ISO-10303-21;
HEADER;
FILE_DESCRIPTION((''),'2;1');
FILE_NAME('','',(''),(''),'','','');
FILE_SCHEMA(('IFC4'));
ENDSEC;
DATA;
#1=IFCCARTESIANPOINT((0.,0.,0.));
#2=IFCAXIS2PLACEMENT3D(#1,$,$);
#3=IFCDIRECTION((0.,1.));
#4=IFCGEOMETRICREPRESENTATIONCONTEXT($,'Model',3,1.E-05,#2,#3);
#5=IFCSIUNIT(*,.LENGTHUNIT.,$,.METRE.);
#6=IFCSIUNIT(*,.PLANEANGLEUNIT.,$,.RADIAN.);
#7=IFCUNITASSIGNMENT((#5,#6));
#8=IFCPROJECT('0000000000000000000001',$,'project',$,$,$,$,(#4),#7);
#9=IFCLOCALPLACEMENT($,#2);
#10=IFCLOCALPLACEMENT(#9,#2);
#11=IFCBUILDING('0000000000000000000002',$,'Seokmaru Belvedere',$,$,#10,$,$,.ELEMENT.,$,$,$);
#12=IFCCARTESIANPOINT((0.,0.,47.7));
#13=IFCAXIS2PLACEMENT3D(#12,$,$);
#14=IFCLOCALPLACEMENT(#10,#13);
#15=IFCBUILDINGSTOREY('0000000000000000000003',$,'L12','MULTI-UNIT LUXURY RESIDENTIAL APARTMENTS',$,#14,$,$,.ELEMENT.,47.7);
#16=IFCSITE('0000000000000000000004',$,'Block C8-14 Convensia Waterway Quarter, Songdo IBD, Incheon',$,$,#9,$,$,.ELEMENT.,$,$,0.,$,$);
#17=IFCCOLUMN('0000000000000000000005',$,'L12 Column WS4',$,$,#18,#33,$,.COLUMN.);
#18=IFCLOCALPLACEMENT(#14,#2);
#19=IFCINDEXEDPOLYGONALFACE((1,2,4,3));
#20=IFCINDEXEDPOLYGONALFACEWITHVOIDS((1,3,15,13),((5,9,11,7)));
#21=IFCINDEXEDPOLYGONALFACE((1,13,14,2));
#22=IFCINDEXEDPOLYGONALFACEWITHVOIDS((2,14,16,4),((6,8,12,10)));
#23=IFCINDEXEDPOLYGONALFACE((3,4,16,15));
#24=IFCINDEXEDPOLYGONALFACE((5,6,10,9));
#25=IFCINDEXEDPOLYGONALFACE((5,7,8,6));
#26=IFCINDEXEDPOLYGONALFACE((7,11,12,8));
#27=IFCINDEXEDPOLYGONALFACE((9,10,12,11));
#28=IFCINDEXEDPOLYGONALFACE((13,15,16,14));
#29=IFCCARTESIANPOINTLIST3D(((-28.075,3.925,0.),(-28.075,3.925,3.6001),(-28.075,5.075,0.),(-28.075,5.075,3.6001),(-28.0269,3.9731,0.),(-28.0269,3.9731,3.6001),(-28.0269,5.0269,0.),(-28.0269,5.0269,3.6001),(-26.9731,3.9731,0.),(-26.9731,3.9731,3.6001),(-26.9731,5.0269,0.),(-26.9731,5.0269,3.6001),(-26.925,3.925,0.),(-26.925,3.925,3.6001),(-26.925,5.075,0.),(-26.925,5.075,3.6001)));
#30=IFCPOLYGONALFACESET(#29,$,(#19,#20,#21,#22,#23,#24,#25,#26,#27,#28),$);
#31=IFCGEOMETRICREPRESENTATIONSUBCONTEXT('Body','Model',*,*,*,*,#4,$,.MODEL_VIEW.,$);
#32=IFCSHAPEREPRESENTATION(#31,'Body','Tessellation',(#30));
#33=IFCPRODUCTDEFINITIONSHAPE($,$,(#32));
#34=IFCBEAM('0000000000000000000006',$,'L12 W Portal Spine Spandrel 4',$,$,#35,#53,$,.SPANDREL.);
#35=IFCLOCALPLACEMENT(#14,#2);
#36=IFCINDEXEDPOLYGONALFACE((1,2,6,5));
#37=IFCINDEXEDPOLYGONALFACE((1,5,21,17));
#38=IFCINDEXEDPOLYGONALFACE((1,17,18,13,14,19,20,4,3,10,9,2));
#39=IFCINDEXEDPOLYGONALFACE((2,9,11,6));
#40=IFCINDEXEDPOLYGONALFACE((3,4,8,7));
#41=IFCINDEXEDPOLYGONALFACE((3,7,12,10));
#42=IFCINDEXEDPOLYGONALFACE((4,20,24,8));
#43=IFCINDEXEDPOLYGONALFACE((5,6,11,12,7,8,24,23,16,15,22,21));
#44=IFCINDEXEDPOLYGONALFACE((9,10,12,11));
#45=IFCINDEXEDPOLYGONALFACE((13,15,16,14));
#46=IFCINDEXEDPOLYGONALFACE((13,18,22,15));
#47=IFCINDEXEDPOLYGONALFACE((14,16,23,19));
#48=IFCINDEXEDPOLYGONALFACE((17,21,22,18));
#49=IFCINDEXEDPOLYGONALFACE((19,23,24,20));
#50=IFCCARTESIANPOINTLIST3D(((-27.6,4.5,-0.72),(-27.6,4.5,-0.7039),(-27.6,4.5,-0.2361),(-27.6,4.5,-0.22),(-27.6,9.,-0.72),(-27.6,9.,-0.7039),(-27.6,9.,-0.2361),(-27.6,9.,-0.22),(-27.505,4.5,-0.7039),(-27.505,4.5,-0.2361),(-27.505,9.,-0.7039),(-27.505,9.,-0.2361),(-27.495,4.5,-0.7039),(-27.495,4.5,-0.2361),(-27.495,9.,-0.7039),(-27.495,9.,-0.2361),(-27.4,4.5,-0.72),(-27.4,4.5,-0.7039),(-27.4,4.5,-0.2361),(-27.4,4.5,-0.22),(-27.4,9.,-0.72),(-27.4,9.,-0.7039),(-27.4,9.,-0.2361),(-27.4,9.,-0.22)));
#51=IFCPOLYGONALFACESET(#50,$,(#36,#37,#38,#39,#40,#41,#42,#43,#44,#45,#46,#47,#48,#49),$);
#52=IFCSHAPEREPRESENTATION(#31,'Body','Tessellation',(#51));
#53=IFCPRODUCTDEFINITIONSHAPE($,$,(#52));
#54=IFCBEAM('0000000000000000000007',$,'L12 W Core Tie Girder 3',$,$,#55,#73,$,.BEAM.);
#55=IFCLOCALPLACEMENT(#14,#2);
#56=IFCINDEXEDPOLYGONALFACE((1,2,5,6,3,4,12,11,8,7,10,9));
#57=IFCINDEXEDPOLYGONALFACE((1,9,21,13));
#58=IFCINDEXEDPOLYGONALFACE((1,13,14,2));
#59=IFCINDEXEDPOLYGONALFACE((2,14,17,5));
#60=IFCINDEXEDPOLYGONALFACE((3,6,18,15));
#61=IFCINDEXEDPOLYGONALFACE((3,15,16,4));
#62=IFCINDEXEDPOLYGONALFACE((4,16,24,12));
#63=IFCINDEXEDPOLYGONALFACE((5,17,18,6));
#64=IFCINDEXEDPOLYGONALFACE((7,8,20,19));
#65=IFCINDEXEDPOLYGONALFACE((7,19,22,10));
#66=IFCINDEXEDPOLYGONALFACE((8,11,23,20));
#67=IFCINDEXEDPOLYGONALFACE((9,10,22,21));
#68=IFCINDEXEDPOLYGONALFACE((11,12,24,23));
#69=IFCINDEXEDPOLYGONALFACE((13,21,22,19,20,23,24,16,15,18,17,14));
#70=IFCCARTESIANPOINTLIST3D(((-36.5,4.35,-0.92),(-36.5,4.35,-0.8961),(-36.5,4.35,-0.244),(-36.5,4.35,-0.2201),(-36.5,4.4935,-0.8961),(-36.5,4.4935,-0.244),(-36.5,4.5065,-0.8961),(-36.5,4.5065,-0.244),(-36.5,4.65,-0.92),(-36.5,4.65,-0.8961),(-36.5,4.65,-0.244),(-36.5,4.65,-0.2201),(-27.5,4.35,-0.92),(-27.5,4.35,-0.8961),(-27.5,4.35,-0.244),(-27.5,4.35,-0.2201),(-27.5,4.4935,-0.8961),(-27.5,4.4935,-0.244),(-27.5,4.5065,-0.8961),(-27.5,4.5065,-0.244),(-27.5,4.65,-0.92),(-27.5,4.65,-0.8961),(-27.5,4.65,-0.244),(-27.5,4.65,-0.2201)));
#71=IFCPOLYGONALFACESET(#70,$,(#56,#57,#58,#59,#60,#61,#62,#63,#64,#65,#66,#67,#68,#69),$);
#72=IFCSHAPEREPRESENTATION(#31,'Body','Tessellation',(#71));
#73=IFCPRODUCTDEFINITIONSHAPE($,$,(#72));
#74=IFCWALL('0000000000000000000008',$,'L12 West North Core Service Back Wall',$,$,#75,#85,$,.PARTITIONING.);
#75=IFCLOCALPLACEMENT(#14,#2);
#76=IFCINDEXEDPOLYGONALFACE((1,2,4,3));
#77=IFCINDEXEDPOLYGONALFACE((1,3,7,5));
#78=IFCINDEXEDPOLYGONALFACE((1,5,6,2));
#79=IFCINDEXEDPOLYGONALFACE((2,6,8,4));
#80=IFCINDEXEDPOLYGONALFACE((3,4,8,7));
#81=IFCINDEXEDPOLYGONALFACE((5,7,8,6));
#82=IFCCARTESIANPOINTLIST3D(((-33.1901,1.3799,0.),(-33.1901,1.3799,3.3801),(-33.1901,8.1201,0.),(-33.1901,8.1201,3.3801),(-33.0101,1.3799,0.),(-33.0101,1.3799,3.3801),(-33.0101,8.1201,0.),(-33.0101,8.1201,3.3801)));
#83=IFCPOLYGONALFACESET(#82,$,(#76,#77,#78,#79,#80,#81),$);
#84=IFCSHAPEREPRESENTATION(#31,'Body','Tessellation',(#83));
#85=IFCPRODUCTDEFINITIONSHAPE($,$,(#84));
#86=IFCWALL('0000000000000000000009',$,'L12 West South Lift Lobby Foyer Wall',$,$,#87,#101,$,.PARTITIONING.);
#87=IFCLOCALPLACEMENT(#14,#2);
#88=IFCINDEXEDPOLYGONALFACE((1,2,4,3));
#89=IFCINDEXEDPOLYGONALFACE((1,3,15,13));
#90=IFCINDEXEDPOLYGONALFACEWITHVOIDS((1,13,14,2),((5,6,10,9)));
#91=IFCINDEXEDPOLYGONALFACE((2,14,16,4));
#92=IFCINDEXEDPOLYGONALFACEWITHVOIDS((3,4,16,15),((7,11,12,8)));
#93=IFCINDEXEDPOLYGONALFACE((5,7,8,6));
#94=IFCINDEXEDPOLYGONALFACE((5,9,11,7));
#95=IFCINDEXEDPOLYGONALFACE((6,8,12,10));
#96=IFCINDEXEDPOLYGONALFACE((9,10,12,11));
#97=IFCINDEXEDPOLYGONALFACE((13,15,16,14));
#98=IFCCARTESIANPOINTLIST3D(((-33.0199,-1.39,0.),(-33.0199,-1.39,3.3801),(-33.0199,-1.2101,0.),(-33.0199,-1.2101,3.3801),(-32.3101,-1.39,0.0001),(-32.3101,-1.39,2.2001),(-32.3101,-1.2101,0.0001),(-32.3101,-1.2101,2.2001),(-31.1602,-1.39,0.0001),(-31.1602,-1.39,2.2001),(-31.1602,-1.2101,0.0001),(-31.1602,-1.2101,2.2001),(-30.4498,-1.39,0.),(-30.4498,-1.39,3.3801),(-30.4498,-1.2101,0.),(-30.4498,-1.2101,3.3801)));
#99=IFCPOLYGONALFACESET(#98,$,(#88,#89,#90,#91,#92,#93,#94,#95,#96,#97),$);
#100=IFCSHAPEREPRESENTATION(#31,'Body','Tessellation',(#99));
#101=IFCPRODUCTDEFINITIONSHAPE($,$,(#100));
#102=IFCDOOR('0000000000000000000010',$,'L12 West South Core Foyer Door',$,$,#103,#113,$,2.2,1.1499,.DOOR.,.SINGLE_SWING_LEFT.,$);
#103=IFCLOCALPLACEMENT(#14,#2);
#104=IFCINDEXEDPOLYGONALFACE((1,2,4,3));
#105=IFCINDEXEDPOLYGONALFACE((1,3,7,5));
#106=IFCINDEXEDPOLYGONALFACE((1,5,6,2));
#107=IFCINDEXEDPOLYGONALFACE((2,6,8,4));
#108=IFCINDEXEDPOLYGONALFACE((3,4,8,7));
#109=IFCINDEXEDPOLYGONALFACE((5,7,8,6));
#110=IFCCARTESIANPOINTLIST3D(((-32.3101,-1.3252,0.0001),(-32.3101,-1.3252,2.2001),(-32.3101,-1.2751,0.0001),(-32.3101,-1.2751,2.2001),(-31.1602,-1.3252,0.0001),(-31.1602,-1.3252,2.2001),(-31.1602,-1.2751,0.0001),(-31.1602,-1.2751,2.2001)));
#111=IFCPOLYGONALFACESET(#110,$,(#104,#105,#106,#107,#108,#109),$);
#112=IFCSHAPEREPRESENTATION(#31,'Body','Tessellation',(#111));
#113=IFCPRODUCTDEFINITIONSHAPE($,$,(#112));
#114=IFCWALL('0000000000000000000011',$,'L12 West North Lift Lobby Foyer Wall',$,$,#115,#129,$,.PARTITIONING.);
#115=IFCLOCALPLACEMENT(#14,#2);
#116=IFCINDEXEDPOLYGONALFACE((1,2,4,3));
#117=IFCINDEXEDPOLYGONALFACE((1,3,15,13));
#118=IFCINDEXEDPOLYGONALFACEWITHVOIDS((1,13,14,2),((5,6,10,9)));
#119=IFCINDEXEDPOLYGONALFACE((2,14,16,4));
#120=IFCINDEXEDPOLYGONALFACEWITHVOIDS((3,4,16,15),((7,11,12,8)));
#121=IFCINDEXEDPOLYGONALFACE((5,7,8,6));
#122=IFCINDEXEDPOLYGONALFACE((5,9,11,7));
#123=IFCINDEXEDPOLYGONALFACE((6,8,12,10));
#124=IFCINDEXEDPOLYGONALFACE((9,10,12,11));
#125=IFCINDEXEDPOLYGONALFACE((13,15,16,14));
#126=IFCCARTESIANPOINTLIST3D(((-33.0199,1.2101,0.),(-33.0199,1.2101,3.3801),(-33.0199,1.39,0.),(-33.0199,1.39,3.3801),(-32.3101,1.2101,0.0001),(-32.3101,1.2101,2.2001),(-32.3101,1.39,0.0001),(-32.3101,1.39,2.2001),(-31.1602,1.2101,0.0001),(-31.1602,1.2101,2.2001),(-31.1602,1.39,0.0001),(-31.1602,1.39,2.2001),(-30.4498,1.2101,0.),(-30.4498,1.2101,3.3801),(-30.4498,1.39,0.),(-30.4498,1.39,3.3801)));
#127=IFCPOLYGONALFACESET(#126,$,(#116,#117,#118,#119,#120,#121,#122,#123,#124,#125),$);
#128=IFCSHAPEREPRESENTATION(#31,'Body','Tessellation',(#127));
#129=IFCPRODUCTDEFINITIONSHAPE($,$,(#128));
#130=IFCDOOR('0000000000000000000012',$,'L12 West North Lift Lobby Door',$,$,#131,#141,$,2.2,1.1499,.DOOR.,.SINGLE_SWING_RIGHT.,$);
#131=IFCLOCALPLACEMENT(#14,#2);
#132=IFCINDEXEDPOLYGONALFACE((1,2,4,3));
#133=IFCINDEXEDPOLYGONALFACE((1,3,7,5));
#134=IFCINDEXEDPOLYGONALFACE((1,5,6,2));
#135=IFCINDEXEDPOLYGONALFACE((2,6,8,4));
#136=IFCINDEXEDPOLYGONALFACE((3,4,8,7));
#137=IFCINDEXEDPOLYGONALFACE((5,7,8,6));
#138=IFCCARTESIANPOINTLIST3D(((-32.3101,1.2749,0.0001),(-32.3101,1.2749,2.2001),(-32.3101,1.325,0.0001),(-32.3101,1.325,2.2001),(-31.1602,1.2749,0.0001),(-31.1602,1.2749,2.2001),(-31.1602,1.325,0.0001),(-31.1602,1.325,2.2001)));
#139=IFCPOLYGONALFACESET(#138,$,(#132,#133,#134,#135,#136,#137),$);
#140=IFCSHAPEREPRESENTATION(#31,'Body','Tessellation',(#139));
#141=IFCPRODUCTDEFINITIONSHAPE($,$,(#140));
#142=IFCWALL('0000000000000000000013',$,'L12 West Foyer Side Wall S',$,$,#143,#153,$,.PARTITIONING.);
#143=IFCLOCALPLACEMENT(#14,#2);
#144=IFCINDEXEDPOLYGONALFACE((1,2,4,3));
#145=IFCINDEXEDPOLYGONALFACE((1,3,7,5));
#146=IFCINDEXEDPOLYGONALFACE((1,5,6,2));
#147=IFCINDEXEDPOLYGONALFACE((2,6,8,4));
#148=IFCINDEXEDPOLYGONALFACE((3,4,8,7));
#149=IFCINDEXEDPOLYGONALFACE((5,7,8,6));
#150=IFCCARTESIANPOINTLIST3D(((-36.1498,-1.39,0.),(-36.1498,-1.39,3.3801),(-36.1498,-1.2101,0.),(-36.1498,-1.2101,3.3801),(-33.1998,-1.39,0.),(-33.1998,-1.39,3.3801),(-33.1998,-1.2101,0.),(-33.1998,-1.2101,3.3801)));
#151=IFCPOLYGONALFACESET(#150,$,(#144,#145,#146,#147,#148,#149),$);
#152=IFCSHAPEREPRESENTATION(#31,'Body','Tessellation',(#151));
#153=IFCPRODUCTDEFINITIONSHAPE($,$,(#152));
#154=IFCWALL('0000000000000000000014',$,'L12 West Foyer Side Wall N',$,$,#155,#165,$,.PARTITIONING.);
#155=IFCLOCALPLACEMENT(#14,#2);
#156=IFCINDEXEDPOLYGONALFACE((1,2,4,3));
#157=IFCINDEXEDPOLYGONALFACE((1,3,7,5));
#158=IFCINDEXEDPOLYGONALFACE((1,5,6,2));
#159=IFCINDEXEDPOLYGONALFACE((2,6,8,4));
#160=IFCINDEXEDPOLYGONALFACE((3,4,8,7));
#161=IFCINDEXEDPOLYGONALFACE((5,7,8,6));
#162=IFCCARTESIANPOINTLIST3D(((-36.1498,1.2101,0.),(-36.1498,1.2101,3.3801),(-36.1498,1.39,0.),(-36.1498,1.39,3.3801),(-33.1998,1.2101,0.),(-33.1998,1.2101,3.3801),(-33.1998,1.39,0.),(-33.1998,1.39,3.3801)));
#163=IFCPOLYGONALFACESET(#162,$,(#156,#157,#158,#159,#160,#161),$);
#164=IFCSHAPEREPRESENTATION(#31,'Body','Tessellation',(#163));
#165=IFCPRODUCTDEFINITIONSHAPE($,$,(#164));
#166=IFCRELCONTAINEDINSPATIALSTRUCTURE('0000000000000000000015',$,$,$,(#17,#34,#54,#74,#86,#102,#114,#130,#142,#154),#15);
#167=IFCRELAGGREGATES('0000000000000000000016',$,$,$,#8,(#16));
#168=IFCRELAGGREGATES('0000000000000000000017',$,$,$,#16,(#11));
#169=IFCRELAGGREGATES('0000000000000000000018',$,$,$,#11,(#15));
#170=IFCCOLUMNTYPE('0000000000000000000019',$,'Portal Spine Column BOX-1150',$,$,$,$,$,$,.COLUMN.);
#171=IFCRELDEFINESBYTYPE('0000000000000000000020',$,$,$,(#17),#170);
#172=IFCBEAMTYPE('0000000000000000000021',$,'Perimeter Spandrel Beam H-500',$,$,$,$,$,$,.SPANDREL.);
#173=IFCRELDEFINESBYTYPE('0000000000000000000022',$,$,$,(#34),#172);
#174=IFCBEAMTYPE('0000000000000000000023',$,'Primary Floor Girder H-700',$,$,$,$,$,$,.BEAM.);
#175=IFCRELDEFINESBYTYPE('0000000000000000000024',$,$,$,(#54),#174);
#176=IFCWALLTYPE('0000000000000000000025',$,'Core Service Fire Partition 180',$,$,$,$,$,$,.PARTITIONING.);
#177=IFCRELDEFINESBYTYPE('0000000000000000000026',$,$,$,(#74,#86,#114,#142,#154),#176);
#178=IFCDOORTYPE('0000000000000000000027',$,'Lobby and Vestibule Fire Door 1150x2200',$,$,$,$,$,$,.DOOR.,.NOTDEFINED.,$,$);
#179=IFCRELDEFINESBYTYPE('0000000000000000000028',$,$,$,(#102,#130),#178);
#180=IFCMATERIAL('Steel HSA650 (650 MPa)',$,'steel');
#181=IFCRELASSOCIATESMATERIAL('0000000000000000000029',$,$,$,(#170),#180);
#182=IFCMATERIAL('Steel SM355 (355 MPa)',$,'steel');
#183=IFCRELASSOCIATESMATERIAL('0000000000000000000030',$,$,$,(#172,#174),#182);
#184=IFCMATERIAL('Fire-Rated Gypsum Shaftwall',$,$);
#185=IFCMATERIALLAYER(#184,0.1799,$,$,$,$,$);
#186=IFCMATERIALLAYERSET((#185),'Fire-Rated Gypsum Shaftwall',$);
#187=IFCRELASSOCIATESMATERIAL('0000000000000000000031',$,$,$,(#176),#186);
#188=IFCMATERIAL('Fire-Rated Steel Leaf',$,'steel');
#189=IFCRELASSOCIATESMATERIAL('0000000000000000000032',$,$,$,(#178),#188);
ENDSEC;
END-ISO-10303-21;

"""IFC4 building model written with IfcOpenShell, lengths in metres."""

from ifc_helpers import new_model, si_unit, direction, frame, frame_2d, origin, origin_2d, place, context, subcontext, project, spatial, rectangle, hollow_rectangle, i_section, extrude, source, transform, mapped, material, layer, layer_set, material_profile, profile_set, type_object, type_shapes, element, fill, save


model = new_model("IFC4")

# Units and contexts
model_context = context("Model", 3, precision=1e-05, world=origin(), true_north=direction((0.0, 1.0)))
body_context = subcontext(model_context, "Body", "Model", "MODEL_VIEW")
ifc_project = project(units=[si_unit("LENGTHUNIT", "METRE"), si_unit("PLANEANGLEUNIT", "RADIAN")], contexts=[model_context])

# Site, building, storey
site_placement = place(None, origin())
site = spatial("IfcSite", under=ifc_project, at=site_placement, Name="Block C8-14 Convensia Waterway Quarter, Songdo IBD, Incheon", CompositionType="ELEMENT", RefElevation=0.0)
building_placement = place(site_placement, origin())
building = spatial("IfcBuilding", under=site, at=building_placement, Name="Seokmaru Belvedere", CompositionType="ELEMENT")
storey_placement = place(building_placement, frame((0.0, 0.0, 47.7)))
storey = spatial("IfcBuildingStorey", under=building, at=storey_placement, Name="L12", Description="MULTI-UNIT LUXURY RESIDENTIAL APARTMENTS", CompositionType="ELEMENT", Elevation=47.7)

# Column
ifc_material_1 = material(Name="Steel HSA650 (650 MPa)", Category="steel")
ifc_material_profile_1 = material_profile(ifc_material_1, hollow_rectangle(XDim=1.1499, YDim=1.1499, WallThickness=0.0481, at=origin_2d()), Name="BOX-1150x1150x48")
ifc_profile_set_1 = profile_set([ifc_material_profile_1], Name="Steel HSA650 (650 MPa)")
column_type = type_object("IfcColumnType", Name="Portal Spine Column BOX-1150", PredefinedType="COLUMN", material=ifc_profile_set_1)
shared_shape_1 = source(origin(), body_context, "Body", "SweptSolid", [
    extrude(hollow_rectangle(XDim=1.1499, YDim=1.1499, WallThickness=0.0481, at=origin_2d()), origin(), (0.0, 0.0, 1.0), 3.6001),
])
type_shapes(column_type, [shared_shape_1])
column_placement = place(storey_placement, frame((-27.5, 4.5, 0.0), z_axis=(0.0, 0.0, 1.0), x_axis=(1.0, 0.0, 0.0)))
element("IfcColumn", 1, at=column_placement, inside=storey, type_object=column_type, Name="L12 Column WS4", PredefinedType="COLUMN", context=body_context, shape_type="MappedRepresentation", body=[
    mapped(shared_shape_1, transform((0.0, 0.0, 0.0), scale=1.0)),
])

# Beams
ifc_material_2 = material(Name="Steel SM355 (355 MPa)", Category="steel")
ifc_material_profile_2 = material_profile(ifc_material_2, i_section(OverallWidth=0.2, OverallDepth=0.5, WebThickness=0.01, FlangeThickness=0.0161, at=origin_2d()), Name="H-500x200x10x16")
ifc_profile_set_2 = profile_set([ifc_material_profile_2], Name="Steel SM355 (355 MPa)")
beam_type_1 = type_object("IfcBeamType", Name="Perimeter Spandrel Beam H-500", PredefinedType="SPANDREL", material=ifc_profile_set_2)
shared_shape_2 = source(origin(), body_context, "Body", "SweptSolid", [
    extrude(i_section(OverallWidth=0.2, OverallDepth=0.5, WebThickness=0.01, FlangeThickness=0.0161, at=origin_2d()), origin(), (0.0, 0.0, 1.0), 4.5),
])
type_shapes(beam_type_1, [shared_shape_2])
beam_1_placement = place(storey_placement, frame((-27.5, 4.5, -0.47), z_axis=(0.0, 1.0, 0.0), x_axis=(-1.0, 0.0, 0.0)))
element("IfcBeam", 2, at=beam_1_placement, inside=storey, type_object=beam_type_1, Name="L12 W Portal Spine Spandrel 4", PredefinedType="SPANDREL", context=body_context, shape_type="MappedRepresentation", body=[
    mapped(shared_shape_2, transform((0.0, 0.0, 0.0), scale=1.0)),
])
ifc_material_profile_3 = material_profile(ifc_material_2, i_section(OverallWidth=0.3, OverallDepth=0.7, WebThickness=0.0129, FlangeThickness=0.0239, at=origin_2d()), Name="H-700x300x13x24")
ifc_profile_set_3 = profile_set([ifc_material_profile_3], Name="Steel SM355 (355 MPa)")
beam_type_2 = type_object("IfcBeamType", Name="Primary Floor Girder H-700", PredefinedType="BEAM", material=ifc_profile_set_3)
shared_shape_3 = source(origin(), body_context, "Body", "SweptSolid", [
    extrude(i_section(OverallWidth=0.3, OverallDepth=0.7, WebThickness=0.0129, FlangeThickness=0.0239, at=origin_2d()), origin(), (0.0, 0.0, 1.0), 9.0),
])
type_shapes(beam_type_2, [shared_shape_3])
beam_2_placement = place(storey_placement, frame((-36.5, 4.5, -0.5701), z_axis=(1.0, 0.0, 0.0), x_axis=(0.0, 1.0, 0.0)))
element("IfcBeam", 3, at=beam_2_placement, inside=storey, type_object=beam_type_2, Name="L12 W Core Tie Girder 3", PredefinedType="BEAM", context=body_context, shape_type="MappedRepresentation", body=[
    mapped(shared_shape_3, transform((0.0, 0.0, 0.0), scale=1.0)),
])

# Wall
ifc_material_3 = material(Name="Fire-Rated Gypsum Shaftwall")
ifc_layer_1 = layer(ifc_material_3, 0.1799)
ifc_layer_set_1 = layer_set([ifc_layer_1], Name="Fire-Rated Gypsum Shaftwall")
wall_type_1 = type_object("IfcWallType", Name="Core Service Fire Partition 180", PredefinedType="PARTITIONING", material=ifc_layer_set_1)
wall_1_placement = place(storey_placement, frame((-33.1001, 1.3799, 0.0), z_axis=(0.0, 0.0, 1.0), x_axis=(0.0, 1.0, 0.0)))
element("IfcWall", 4, at=wall_1_placement, inside=storey, type_object=wall_type_1, Name="L12 West North Core Service Back Wall", PredefinedType="PARTITIONING", context=body_context, shape_type="SweptSolid", body=[
    extrude(rectangle(XDim=6.7402, YDim=0.1799, at=frame_2d((3.3701, 0.0))), origin(), (0.0, 0.0, 1.0), 3.3801),
])

# Walls, openings, doors
wall_2_placement = place(storey_placement, frame((-33.02, -1.3, 0.0), z_axis=(0.0, 0.0, 1.0), x_axis=(1.0, 0.0, 0.0)))
wall_2 = element("IfcWall", 5, at=wall_2_placement, inside=storey, type_object=wall_type_1, Name="L12 West South Lift Lobby Foyer Wall", PredefinedType="PARTITIONING", context=body_context, shape_type="SweptSolid", body=[
    extrude(rectangle(XDim=2.5701, YDim=0.1799, at=frame_2d((1.2852, 0.0))), origin(), (0.0, 0.0, 1.0), 3.3801),
])
opening_1_placement = place(wall_2_placement, frame((0.71, 0.0, 0.0)))
opening_1 = element("IfcOpeningElement", 6, at=opening_1_placement, cuts=wall_2, PredefinedType="OPENING", context=body_context, shape_type="SweptSolid", body=[
    extrude(rectangle(XDim=1.1499, YDim=2.2, at=frame_2d((0.575, 1.1001))), frame((0.0, 0.1001, 0.0), z_axis=(0.0, -1.0, 0.0), x_axis=(1.0, 0.0, 0.0)), (0.0, 0.0, 1.0), 0.2),
])
ifc_material_4 = material(Name="Fire-Rated Steel Leaf", Category="steel")
door_type_1 = type_object("IfcDoorType", Name="Lobby and Vestibule Fire Door 1150x2200", OperationType="NOTDEFINED", PredefinedType="DOOR", material=ifc_material_4)
shared_shape_4 = source(origin(), body_context, "Body", "SweptSolid", [
    extrude(rectangle(XDim=1.1499, YDim=2.2, at=frame_2d((0.575, 1.1001))), frame((0.0, 0.0249, 0.0), z_axis=(0.0, -1.0, 0.0), x_axis=(1.0, 0.0, 0.0)), (0.0, 0.0, 1.0), 0.05),
])
type_shapes(door_type_1, [shared_shape_4])
door_1_placement = place(opening_1_placement, origin())
door_1 = element("IfcDoor", 7, at=door_1_placement, inside=storey, type_object=door_type_1, Name="L12 West South Core Foyer Door", OperationType="SINGLE_SWING_LEFT", OverallHeight=2.2, OverallWidth=1.1499, PredefinedType="DOOR", context=body_context, shape_type="MappedRepresentation", body=[
    mapped(shared_shape_4, transform((0.0, 0.0, 0.0), scale=1.0)),
])
fill(opening_1, door_1)
wall_3_placement = place(storey_placement, frame((-33.02, 1.3, 0.0), z_axis=(0.0, 0.0, 1.0), x_axis=(1.0, 0.0, 0.0)))
wall_3 = element("IfcWall", 8, at=wall_3_placement, inside=storey, type_object=wall_type_1, Name="L12 West North Lift Lobby Foyer Wall", PredefinedType="PARTITIONING", context=body_context, shape_type="SweptSolid", body=[
    extrude(rectangle(XDim=2.5701, YDim=0.1799, at=frame_2d((1.2852, 0.0))), origin(), (0.0, 0.0, 1.0), 3.3801),
])
opening_2_placement = place(wall_3_placement, frame((0.71, 0.0, 0.0)))
opening_2 = element("IfcOpeningElement", 9, at=opening_2_placement, cuts=wall_3, PredefinedType="OPENING", context=body_context, shape_type="SweptSolid", body=[
    extrude(rectangle(XDim=1.1499, YDim=2.2, at=frame_2d((0.575, 1.1001))), frame((0.0, 0.1001, 0.0), z_axis=(0.0, -1.0, 0.0), x_axis=(1.0, 0.0, 0.0)), (0.0, 0.0, 1.0), 0.2),
])
door_2_placement = place(opening_2_placement, origin())
door_2 = element("IfcDoor", 10, at=door_2_placement, inside=storey, type_object=door_type_1, Name="L12 West North Lift Lobby Door", OperationType="SINGLE_SWING_RIGHT", OverallHeight=2.2, OverallWidth=1.1499, PredefinedType="DOOR", context=body_context, shape_type="MappedRepresentation", body=[
    mapped(shared_shape_4, transform((0.0, 0.0, 0.0), scale=1.0)),
])
fill(opening_2, door_2)

# Walls
for number, where, z_axis, x_axis, name in (
    (11, (-36.1499, -1.3, 0.0), (0.0, 0.0, 1.0), (1.0, 0.0, 0.0), "L12 West Foyer Side Wall S"),
    (12, (-36.1499, 1.3, 0.0), (0.0, 0.0, 1.0), (1.0, 0.0, 0.0), "L12 West Foyer Side Wall N"),
):
    element("IfcWall", number, at=place(storey_placement, frame(where, z_axis=z_axis, x_axis=x_axis)), inside=storey, type_object=wall_type_1, Name=name, PredefinedType="PARTITIONING", context=body_context, shape_type="SweptSolid", body=[
        extrude(rectangle(XDim=2.95, YDim=0.1799, at=frame_2d((1.4751, 0.0))), origin(), (0.0, 0.0, 1.0), 3.3801),
    ])

save(model, "model.ifc")
